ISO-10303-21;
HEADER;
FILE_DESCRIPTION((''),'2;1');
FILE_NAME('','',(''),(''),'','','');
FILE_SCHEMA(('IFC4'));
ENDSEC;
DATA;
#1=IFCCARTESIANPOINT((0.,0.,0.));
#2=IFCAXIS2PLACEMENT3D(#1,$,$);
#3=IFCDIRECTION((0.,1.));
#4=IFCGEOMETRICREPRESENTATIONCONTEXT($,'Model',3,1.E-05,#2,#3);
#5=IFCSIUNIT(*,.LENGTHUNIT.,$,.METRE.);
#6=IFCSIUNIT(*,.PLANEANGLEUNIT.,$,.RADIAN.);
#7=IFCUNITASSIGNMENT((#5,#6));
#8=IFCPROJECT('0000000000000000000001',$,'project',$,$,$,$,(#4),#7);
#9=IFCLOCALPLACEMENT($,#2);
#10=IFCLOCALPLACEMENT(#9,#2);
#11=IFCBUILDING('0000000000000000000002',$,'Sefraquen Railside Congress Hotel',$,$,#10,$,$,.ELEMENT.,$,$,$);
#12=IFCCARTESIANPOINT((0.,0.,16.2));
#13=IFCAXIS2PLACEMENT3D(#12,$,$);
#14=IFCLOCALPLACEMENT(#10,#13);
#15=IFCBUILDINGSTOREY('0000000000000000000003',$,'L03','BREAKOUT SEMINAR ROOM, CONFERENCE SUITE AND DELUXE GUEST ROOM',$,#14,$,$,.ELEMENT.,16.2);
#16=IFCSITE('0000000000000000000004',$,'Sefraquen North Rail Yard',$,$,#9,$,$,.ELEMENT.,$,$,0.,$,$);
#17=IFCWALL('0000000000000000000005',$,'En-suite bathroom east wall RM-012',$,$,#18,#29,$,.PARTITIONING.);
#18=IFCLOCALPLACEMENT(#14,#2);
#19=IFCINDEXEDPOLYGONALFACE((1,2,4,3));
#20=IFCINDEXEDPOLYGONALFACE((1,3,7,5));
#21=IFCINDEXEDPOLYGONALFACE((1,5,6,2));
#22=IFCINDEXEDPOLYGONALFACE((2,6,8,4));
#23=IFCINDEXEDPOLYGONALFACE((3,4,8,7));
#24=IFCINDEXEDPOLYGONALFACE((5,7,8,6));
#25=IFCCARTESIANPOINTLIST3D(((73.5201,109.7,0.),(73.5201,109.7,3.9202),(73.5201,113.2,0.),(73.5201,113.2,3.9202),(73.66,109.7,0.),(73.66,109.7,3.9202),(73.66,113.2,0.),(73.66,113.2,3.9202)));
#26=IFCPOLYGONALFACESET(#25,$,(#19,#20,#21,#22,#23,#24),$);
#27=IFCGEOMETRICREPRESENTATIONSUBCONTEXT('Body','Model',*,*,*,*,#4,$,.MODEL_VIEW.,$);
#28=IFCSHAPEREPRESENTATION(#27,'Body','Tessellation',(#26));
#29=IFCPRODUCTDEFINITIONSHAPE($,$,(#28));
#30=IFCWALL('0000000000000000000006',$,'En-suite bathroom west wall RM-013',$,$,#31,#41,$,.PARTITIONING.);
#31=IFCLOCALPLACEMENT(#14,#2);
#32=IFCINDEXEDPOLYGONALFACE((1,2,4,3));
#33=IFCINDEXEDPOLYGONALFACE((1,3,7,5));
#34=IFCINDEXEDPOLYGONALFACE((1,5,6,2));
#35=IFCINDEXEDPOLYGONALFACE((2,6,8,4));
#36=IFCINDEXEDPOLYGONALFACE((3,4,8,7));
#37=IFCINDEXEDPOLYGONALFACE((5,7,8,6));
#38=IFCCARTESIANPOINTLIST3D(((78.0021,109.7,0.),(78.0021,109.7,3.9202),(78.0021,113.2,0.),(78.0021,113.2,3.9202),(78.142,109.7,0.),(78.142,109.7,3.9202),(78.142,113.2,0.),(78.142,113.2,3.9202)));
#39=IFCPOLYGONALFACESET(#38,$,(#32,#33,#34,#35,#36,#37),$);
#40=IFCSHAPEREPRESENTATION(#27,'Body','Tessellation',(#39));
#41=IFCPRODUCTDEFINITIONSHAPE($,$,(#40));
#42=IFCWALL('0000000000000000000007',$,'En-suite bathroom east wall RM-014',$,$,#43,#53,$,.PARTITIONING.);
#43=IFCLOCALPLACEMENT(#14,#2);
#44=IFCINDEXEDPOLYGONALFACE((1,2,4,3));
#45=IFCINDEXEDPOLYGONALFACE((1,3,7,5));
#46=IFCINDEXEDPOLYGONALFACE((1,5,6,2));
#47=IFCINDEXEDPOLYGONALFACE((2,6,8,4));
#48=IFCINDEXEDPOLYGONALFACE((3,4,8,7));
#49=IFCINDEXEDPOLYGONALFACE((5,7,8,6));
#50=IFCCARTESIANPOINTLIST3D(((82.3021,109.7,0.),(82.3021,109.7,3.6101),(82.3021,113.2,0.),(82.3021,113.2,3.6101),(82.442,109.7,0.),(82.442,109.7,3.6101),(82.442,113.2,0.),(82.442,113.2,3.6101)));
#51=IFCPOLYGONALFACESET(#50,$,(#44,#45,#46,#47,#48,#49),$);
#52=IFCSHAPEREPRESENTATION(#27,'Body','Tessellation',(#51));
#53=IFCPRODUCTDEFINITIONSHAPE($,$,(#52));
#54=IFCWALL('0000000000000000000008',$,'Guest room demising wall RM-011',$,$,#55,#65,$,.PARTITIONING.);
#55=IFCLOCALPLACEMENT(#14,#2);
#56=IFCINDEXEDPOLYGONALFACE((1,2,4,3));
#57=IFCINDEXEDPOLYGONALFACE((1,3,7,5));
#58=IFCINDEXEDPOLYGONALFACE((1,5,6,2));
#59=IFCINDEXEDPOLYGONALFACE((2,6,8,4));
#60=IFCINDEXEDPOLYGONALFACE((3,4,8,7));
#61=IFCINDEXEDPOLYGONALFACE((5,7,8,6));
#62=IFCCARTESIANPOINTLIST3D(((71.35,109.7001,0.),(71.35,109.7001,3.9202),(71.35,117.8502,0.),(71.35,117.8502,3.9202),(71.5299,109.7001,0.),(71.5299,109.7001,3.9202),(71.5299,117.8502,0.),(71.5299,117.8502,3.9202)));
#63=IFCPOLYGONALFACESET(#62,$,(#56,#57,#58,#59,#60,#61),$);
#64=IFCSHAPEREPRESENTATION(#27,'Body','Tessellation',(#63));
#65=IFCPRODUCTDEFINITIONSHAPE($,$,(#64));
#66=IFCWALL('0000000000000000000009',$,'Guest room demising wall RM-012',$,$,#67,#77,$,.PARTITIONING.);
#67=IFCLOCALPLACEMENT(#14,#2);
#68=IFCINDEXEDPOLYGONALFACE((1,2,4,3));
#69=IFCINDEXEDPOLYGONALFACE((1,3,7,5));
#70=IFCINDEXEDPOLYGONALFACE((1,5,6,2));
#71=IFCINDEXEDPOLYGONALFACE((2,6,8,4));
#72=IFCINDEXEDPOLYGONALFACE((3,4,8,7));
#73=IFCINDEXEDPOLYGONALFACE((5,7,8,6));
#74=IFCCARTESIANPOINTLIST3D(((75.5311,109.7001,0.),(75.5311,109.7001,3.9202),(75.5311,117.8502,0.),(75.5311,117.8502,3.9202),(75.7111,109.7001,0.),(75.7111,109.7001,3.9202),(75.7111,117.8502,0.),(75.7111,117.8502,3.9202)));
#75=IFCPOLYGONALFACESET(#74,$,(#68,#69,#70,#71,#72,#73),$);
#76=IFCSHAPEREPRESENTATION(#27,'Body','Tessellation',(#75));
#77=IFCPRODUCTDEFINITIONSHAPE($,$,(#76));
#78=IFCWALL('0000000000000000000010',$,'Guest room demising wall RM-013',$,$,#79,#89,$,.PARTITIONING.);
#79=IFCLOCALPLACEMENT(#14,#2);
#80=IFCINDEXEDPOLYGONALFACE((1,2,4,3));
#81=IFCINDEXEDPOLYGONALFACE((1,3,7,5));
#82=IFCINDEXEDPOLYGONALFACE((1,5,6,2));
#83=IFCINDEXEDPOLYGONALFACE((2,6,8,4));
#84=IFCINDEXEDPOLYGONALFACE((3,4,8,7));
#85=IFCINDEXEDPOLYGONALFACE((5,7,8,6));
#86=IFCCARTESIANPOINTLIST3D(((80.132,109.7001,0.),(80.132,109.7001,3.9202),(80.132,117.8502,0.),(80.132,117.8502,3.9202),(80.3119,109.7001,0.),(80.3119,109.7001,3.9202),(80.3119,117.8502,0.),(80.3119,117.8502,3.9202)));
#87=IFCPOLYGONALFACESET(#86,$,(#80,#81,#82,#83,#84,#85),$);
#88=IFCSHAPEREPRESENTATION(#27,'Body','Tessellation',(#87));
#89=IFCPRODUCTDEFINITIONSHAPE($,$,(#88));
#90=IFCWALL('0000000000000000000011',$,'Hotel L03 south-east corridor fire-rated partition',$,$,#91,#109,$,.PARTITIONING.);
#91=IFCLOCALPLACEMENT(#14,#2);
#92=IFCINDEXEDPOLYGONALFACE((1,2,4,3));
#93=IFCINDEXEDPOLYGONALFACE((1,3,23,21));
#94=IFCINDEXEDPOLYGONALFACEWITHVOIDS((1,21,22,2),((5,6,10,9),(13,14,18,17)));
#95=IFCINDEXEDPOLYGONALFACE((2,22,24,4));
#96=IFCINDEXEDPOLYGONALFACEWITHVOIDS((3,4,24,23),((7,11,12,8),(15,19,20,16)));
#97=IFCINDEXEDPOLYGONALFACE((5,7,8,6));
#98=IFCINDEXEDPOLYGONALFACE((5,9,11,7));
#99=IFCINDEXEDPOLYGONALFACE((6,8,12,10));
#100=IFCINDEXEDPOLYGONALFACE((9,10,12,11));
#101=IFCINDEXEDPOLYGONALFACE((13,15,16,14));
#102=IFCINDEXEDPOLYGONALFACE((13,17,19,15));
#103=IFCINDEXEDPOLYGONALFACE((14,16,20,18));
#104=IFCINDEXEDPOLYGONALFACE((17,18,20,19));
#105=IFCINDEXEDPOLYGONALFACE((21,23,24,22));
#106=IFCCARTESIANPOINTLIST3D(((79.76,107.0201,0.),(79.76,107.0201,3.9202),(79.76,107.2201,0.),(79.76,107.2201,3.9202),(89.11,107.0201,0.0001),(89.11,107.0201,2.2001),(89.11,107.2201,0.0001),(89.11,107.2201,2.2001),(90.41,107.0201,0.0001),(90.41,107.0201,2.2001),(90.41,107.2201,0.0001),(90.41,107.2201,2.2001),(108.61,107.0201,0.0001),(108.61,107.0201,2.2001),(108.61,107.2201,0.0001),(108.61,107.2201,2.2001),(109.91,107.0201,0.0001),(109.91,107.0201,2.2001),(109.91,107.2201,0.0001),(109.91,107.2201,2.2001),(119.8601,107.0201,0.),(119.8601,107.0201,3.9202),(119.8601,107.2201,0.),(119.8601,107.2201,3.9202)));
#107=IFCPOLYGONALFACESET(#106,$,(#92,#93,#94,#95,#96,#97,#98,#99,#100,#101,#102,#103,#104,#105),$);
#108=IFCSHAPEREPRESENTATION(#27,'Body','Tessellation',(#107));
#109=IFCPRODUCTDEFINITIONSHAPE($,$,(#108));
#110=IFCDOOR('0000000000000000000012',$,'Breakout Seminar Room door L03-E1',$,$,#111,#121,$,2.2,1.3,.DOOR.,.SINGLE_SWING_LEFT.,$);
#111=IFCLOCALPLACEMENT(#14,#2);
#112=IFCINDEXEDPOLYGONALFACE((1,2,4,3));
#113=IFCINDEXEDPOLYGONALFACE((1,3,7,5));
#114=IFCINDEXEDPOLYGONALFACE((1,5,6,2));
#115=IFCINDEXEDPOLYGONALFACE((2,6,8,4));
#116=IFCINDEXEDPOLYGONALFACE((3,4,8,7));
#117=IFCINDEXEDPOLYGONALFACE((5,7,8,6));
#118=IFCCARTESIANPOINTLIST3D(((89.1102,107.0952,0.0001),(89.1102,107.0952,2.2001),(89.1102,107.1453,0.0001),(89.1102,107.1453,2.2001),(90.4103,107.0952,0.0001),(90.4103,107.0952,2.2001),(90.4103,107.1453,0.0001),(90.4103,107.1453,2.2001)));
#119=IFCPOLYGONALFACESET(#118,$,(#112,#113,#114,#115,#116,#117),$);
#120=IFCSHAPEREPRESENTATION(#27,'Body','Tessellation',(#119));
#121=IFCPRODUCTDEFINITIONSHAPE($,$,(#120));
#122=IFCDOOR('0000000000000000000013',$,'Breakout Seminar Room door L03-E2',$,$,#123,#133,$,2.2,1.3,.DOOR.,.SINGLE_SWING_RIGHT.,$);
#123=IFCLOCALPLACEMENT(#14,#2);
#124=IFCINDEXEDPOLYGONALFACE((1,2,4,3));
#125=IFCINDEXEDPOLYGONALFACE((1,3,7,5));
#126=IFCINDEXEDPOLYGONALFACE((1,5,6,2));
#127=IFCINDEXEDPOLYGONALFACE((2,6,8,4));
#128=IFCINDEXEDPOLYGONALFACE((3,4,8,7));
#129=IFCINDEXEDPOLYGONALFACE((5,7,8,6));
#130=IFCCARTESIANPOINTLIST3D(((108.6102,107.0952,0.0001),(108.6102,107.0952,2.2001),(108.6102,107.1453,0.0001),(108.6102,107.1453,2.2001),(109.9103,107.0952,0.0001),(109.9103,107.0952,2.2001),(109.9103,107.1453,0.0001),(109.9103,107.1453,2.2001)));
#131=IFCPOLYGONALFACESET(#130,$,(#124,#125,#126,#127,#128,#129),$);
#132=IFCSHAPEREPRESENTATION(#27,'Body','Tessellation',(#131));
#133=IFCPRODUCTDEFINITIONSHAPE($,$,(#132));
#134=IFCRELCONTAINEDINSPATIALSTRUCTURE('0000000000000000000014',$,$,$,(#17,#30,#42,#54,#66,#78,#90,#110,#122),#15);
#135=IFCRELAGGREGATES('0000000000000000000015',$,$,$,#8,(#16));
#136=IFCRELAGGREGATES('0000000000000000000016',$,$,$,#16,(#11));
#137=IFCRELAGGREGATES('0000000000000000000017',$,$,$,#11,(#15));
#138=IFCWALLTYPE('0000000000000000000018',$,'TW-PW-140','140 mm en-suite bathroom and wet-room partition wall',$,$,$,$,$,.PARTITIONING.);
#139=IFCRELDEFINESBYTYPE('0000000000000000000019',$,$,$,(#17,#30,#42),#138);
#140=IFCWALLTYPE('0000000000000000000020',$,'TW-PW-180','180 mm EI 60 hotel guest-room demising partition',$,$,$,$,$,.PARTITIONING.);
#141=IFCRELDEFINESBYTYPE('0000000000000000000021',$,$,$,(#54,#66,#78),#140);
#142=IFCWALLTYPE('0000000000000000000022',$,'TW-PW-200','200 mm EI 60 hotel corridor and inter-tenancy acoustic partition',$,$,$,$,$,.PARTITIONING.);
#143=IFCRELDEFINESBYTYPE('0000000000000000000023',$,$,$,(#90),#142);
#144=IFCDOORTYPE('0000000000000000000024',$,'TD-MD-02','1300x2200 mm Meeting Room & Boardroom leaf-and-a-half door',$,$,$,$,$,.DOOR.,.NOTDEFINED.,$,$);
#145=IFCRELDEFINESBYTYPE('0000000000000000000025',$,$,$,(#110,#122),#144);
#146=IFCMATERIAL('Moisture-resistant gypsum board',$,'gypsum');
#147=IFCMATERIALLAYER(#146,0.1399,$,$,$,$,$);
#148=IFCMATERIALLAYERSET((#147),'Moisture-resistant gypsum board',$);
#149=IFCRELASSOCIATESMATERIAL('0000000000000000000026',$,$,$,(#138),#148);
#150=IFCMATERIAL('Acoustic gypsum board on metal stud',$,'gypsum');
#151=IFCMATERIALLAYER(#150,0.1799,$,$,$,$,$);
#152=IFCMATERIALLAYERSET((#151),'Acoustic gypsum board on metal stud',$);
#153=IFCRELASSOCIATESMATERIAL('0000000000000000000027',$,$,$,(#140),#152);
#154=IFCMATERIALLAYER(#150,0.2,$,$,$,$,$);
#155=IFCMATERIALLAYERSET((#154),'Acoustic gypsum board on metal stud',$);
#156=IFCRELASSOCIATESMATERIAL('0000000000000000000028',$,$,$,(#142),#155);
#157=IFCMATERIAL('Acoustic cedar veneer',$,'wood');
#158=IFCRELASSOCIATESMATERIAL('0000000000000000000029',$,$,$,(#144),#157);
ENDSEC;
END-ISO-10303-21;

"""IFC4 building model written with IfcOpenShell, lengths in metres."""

from ifc_helpers import new_model, si_unit, direction, frame, frame_2d, origin, place, context, subcontext, project, spatial, rectangle, extrude, material, layer, layer_set, type_object, element, fill, save


model = new_model("IFC4")

# Units and contexts
model_context = context("Model", 3, precision=1e-05, world=origin(), true_north=direction((0.0, 1.0)))
body_context = subcontext(model_context, "Body", "Model", "MODEL_VIEW")
ifc_project = project(units=[si_unit("LENGTHUNIT", "METRE"), si_unit("PLANEANGLEUNIT", "RADIAN")], contexts=[model_context])

# Site, building, storey
site_placement = place(None, origin())
site = spatial("IfcSite", under=ifc_project, at=site_placement, Name="Sefraquen North Rail Yard", CompositionType="ELEMENT", RefElevation=0.0)
building_placement = place(site_placement, origin())
building = spatial("IfcBuilding", under=site, at=building_placement, Name="Sefraquen Railside Congress Hotel", CompositionType="ELEMENT")
storey_placement = place(building_placement, frame((0.0, 0.0, 16.2)))
storey = spatial("IfcBuildingStorey", under=building, at=storey_placement, Name="L03", Description="BREAKOUT SEMINAR ROOM, CONFERENCE SUITE AND DELUXE GUEST ROOM", CompositionType="ELEMENT", Elevation=16.2)

# Walls
ifc_material_1 = material(Name="Moisture-resistant gypsum board", Category="gypsum")
ifc_layer_1 = layer(ifc_material_1, 0.1399)
ifc_layer_set_1 = layer_set([ifc_layer_1], Name="Moisture-resistant gypsum board")
wall_type_1 = type_object("IfcWallType", Name="TW-PW-140", Description="140 mm en-suite bathroom and wet-room partition wall", PredefinedType="PARTITIONING", material=ifc_layer_set_1)
for number, where, z_axis, x_axis, name in (
    (1, (73.5901, 109.7, 0.0), (0.0, 0.0, 1.0), (0.0, 1.0, 0.0), "En-suite bathroom east wall RM-012"),
    (2, (78.072, 109.7, 0.0), (0.0, 0.0, 1.0), (0.0, 1.0, 0.0), "En-suite bathroom west wall RM-013"),
):
    element("IfcWall", number, at=place(storey_placement, frame(where, z_axis=z_axis, x_axis=x_axis)), inside=storey, type_object=wall_type_1, Name=name, PredefinedType="PARTITIONING", context=body_context, shape_type="SweptSolid", body=[
        extrude(rectangle(XDim=3.5, YDim=0.1399, at=frame_2d((1.75, 0.0))), origin(), (0.0, 0.0, 1.0), 3.9202),
    ])
wall_1_placement = place(storey_placement, frame((82.3721, 109.7, 0.0), z_axis=(0.0, 0.0, 1.0), x_axis=(0.0, 1.0, 0.0)))
element("IfcWall", 3, at=wall_1_placement, inside=storey, type_object=wall_type_1, Name="En-suite bathroom east wall RM-014", PredefinedType="PARTITIONING", context=body_context, shape_type="SweptSolid", body=[
    extrude(rectangle(XDim=3.5, YDim=0.1399, at=frame_2d((1.75, 0.0))), origin(), (0.0, 0.0, 1.0), 3.6101),
])
ifc_material_2 = material(Name="Acoustic gypsum board on metal stud", Category="gypsum")
ifc_layer_2 = layer(ifc_material_2, 0.1799)
ifc_layer_set_2 = layer_set([ifc_layer_2], Name="Acoustic gypsum board on metal stud")
wall_type_2 = type_object("IfcWallType", Name="TW-PW-180", Description="180 mm EI 60 hotel guest-room demising partition", PredefinedType="PARTITIONING", material=ifc_layer_set_2)
for number, where, z_axis, x_axis, name in (
    (4, (71.4399, 109.7, 0.0), (0.0, 0.0, 1.0), (0.0, 1.0, 0.0), "Guest room demising wall RM-011"),
    (5, (75.6211, 109.7, 0.0), (0.0, 0.0, 1.0), (0.0, 1.0, 0.0), "Guest room demising wall RM-012"),
    (6, (80.2219, 109.7, 0.0), (0.0, 0.0, 1.0), (0.0, 1.0, 0.0), "Guest room demising wall RM-013"),
):
    element("IfcWall", number, at=place(storey_placement, frame(where, z_axis=z_axis, x_axis=x_axis)), inside=storey, type_object=wall_type_2, Name=name, PredefinedType="PARTITIONING", context=body_context, shape_type="SweptSolid", body=[
        extrude(rectangle(XDim=8.1501, YDim=0.1799, at=frame_2d((4.0752, 0.0))), origin(), (0.0, 0.0, 1.0), 3.9202),
    ])

# Wall, openings, doors
ifc_layer_3 = layer(ifc_material_2, 0.2)
ifc_layer_set_3 = layer_set([ifc_layer_3], Name="Acoustic gypsum board on metal stud")
wall_type_3 = type_object("IfcWallType", Name="TW-PW-200", Description="200 mm EI 60 hotel corridor and inter-tenancy acoustic partition", PredefinedType="PARTITIONING", material=ifc_layer_set_3)
wall_2_placement = place(storey_placement, frame((79.76, 107.1201, 0.0), z_axis=(0.0, 0.0, 1.0), x_axis=(1.0, 0.0, 0.0)))
wall_2 = element("IfcWall", 7, at=wall_2_placement, inside=storey, type_object=wall_type_3, Name="Hotel L03 south-east corridor fire-rated partition", PredefinedType="PARTITIONING", context=body_context, shape_type="SweptSolid", body=[
    extrude(rectangle(XDim=40.1001, YDim=0.2, at=frame_2d((20.05, 0.0))), origin(), (0.0, 0.0, 1.0), 3.9202),
])
opening_1_placement = place(wall_2_placement, frame((9.3501, 0.0, 0.0)))
opening_1 = element("IfcOpeningElement", 8, at=opening_1_placement, cuts=wall_2, PredefinedType="OPENING", context=body_context, shape_type="SweptSolid", body=[
    extrude(rectangle(XDim=1.3, YDim=2.2, at=frame_2d((0.6499, 1.1001))), frame((0.0, 0.1099, 0.0), z_axis=(0.0, -1.0, 0.0), x_axis=(1.0, 0.0, 0.0)), (0.0, 0.0, 1.0), 0.22),
])
opening_2_placement = place(wall_2_placement, frame((28.8501, 0.0, 0.0)))
opening_2 = element("IfcOpeningElement", 9, at=opening_2_placement, cuts=wall_2, PredefinedType="OPENING", context=body_context, shape_type="SweptSolid", body=[
    extrude(rectangle(XDim=1.3, YDim=2.2, at=frame_2d((0.6499, 1.1001))), frame((0.0, 0.1099, 0.0), z_axis=(0.0, -1.0, 0.0), x_axis=(1.0, 0.0, 0.0)), (0.0, 0.0, 1.0), 0.22),
])
ifc_material_3 = material(Name="Acoustic cedar veneer", Category="wood")
door_type_1 = type_object("IfcDoorType", Name="TD-MD-02", Description="1300x2200 mm Meeting Room & Boardroom leaf-and-a-half door", OperationType="NOTDEFINED", PredefinedType="DOOR", material=ifc_material_3)
door_1_placement = place(opening_1_placement, frame((1.3, 0.0, 0.0), z_axis=(0.0, 0.0, 1.0), x_axis=(-1.0, 0.0, 0.0)))
door_1 = element("IfcDoor", 10, at=door_1_placement, inside=storey, type_object=door_type_1, Name="Breakout Seminar Room door L03-E1", OperationType="SINGLE_SWING_LEFT", OverallHeight=2.2, OverallWidth=1.3, PredefinedType="DOOR", context=body_context, shape_type="SweptSolid", body=[
    extrude(rectangle(XDim=1.3, YDim=2.2, at=frame_2d((0.6499, 1.1001))), frame((0.0, 0.0249, 0.0), z_axis=(0.0, -1.0, 0.0), x_axis=(1.0, 0.0, 0.0)), (0.0, 0.0, 1.0), 0.05),
])
fill(opening_1, door_1)
door_2_placement = place(opening_2_placement, frame((1.3, 0.0, 0.0), z_axis=(0.0, 0.0, 1.0), x_axis=(-1.0, 0.0, 0.0)))
door_2 = element("IfcDoor", 11, at=door_2_placement, inside=storey, type_object=door_type_1, Name="Breakout Seminar Room door L03-E2", OperationType="SINGLE_SWING_RIGHT", OverallHeight=2.2, OverallWidth=1.3, PredefinedType="DOOR", context=body_context, shape_type="SweptSolid", body=[
    extrude(rectangle(XDim=1.3, YDim=2.2, at=frame_2d((0.6499, 1.1001))), frame((0.0, 0.0249, 0.0), z_axis=(0.0, -1.0, 0.0), x_axis=(1.0, 0.0, 0.0)), (0.0, 0.0, 1.0), 0.05),
])
fill(opening_2, door_2)

save(model, "model.ifc")
